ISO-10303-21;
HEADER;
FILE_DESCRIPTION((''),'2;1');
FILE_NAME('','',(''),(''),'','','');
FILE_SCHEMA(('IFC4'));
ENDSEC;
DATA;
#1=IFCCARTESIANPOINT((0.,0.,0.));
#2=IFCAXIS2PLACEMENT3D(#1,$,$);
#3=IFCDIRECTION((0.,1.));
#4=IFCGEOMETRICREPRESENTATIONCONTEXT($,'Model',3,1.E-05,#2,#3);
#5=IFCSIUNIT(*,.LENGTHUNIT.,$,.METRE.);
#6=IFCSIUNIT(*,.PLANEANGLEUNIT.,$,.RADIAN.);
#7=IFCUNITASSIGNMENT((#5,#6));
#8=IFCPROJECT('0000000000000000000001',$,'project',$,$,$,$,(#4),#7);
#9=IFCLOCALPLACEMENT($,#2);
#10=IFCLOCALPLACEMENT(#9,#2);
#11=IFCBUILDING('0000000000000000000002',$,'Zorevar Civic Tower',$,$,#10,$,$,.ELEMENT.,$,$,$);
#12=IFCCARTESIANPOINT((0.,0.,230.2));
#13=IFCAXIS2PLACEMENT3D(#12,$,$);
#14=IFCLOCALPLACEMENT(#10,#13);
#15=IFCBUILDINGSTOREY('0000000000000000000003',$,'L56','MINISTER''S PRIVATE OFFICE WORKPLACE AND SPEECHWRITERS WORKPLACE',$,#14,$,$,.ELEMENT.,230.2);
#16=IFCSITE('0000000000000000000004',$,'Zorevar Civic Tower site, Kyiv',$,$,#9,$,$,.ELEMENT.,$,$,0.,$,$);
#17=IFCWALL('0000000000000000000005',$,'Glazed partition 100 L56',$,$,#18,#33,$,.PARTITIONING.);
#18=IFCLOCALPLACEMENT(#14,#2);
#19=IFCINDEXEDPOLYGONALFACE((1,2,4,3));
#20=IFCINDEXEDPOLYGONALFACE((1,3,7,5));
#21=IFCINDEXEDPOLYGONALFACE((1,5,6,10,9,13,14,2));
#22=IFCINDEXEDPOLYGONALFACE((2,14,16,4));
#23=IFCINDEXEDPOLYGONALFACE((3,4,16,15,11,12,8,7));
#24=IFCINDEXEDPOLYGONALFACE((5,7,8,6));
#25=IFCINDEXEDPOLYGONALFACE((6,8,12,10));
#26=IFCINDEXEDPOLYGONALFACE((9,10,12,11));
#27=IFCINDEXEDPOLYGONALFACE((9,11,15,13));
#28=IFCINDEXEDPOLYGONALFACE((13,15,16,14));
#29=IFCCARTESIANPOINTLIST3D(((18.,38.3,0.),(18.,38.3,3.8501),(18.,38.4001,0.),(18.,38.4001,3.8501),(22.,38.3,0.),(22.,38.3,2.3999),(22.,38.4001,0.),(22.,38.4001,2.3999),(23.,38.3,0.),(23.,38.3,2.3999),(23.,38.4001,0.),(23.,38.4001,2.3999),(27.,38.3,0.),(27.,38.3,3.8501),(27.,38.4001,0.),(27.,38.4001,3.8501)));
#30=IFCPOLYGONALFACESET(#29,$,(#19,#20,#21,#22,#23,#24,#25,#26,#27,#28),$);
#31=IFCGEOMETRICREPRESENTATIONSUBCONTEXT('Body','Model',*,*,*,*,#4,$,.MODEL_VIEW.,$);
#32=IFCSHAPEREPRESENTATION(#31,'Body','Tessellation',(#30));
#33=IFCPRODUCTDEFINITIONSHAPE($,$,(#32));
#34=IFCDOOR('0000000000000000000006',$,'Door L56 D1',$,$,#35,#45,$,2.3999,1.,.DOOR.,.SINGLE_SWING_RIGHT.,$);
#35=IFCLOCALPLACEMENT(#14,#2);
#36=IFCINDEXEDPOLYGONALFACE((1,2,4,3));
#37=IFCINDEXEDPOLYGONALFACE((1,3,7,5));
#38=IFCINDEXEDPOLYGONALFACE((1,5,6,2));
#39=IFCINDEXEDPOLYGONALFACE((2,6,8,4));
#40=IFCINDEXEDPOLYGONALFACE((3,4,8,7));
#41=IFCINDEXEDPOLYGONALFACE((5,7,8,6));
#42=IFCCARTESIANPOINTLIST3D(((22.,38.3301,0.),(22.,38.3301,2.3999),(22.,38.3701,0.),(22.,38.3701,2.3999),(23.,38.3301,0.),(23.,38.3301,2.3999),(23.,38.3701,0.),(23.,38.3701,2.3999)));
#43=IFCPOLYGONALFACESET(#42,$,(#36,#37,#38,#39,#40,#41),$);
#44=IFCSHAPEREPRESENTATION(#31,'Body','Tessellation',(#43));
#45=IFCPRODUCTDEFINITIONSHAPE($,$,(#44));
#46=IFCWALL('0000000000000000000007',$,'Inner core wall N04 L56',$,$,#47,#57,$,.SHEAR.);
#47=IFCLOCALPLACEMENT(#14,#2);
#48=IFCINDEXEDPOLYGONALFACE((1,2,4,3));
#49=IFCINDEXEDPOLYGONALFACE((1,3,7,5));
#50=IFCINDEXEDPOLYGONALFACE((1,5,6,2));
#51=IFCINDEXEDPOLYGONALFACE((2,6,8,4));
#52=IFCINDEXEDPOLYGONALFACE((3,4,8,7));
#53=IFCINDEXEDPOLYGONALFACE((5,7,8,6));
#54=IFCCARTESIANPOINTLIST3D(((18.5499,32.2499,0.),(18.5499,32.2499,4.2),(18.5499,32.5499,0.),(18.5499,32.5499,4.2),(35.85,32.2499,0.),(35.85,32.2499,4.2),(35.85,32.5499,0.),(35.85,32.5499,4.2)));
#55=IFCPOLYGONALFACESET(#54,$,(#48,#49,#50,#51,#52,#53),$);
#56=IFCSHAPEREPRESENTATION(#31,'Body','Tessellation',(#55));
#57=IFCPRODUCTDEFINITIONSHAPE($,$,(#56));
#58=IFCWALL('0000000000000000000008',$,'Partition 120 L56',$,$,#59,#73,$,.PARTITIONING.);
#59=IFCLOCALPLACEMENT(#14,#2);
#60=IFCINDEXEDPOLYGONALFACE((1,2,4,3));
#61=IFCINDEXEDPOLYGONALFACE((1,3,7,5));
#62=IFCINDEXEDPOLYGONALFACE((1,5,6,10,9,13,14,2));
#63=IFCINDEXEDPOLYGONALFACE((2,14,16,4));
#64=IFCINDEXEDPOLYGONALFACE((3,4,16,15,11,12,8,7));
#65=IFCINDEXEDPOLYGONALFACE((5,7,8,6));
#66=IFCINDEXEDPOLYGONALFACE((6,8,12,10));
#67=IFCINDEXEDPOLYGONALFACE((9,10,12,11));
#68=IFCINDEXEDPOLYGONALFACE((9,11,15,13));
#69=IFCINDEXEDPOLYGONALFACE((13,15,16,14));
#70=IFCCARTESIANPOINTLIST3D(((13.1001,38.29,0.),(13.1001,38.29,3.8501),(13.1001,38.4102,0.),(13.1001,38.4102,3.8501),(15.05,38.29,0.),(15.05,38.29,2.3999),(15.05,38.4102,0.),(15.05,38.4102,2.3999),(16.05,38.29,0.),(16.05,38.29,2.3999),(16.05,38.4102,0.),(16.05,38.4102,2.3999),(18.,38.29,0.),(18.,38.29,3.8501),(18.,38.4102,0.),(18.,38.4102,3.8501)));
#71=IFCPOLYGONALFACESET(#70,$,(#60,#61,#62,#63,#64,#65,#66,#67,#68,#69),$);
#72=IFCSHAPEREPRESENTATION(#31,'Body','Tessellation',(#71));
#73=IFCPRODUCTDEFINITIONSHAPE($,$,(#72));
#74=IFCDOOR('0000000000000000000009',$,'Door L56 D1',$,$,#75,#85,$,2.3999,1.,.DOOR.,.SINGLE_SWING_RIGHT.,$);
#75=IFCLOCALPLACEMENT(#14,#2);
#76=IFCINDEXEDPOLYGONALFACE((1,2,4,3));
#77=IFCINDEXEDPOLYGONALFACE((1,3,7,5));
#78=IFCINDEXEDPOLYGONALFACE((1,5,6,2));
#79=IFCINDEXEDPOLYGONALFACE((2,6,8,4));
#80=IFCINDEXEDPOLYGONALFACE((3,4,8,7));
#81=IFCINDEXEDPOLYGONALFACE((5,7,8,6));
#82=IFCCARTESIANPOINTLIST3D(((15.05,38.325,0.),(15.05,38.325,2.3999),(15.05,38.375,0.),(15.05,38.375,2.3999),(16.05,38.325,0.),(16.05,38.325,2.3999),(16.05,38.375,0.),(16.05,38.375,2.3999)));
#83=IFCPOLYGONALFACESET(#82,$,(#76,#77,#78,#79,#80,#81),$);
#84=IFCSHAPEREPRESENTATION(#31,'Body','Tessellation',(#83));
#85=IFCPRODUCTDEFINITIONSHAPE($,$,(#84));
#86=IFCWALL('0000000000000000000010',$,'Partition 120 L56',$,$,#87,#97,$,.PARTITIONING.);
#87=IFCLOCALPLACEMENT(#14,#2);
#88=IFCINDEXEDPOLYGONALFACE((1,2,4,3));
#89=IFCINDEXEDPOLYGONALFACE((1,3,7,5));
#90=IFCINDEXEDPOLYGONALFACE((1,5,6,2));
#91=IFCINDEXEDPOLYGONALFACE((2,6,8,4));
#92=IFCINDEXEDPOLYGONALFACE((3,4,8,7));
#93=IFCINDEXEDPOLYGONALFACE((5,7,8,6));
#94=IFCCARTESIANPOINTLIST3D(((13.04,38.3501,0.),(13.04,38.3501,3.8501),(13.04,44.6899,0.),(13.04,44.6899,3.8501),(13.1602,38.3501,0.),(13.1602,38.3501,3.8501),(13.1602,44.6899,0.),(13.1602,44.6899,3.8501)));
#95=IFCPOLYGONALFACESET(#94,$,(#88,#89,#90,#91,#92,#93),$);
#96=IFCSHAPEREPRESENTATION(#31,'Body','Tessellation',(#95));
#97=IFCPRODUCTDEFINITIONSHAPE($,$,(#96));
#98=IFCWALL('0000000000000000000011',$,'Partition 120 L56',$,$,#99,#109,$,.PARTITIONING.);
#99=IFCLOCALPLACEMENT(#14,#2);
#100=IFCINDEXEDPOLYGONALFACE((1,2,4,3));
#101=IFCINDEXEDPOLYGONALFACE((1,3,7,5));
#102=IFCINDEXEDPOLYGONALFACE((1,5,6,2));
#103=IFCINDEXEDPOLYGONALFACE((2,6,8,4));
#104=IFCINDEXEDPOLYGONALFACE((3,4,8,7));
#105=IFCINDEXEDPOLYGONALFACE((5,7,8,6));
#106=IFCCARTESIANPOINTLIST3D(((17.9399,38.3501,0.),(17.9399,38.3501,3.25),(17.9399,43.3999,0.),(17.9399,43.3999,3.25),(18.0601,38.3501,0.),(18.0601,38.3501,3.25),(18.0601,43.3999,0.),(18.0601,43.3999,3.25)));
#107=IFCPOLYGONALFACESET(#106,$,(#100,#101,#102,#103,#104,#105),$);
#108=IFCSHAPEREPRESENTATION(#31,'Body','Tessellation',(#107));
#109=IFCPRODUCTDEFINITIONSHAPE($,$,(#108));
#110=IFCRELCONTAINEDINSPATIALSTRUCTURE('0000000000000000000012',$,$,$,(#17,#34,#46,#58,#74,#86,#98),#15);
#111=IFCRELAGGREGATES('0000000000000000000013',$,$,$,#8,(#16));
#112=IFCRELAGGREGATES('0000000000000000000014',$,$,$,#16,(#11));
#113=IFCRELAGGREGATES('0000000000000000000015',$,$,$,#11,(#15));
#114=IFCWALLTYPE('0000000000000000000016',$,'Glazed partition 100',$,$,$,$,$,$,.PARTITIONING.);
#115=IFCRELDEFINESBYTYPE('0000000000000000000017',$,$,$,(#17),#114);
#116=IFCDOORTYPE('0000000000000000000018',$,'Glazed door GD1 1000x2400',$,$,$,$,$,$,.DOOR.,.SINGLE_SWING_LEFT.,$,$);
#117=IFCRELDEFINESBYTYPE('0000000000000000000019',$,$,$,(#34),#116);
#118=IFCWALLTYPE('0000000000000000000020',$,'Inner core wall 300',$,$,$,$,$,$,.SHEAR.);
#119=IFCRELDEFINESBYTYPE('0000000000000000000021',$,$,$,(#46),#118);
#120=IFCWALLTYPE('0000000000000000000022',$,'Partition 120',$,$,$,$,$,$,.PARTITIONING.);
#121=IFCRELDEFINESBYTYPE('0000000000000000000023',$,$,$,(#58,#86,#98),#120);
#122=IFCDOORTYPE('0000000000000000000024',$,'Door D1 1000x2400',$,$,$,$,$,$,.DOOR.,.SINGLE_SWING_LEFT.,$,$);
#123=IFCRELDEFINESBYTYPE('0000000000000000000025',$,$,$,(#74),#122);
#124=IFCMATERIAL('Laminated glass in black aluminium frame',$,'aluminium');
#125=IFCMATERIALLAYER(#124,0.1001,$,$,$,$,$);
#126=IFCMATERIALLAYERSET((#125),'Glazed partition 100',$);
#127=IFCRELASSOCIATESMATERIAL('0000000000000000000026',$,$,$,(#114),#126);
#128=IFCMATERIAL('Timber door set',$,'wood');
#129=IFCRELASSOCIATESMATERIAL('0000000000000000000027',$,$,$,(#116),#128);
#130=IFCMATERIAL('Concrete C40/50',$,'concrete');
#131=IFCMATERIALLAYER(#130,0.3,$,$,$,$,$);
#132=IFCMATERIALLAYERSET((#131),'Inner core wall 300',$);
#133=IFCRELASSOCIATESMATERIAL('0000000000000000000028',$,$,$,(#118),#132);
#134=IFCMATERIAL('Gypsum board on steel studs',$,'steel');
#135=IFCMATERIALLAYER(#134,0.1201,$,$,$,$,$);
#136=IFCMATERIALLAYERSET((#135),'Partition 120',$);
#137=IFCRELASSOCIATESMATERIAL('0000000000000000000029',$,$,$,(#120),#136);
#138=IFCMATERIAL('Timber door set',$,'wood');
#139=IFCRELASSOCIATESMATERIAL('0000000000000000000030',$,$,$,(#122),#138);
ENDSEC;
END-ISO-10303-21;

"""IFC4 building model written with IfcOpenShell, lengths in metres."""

from ifc_helpers import new_model, si_unit, direction, frame, frame_2d, origin, place, context, subcontext, project, spatial, rectangle, extrude, material, layer, layer_set, type_object, element, fill, save


model = new_model("IFC4")

# Units and contexts
model_context = context("Model", 3, precision=1e-05, world=origin(), true_north=direction((0.0, 1.0)))
body_context = subcontext(model_context, "Body", "Model", "MODEL_VIEW")
ifc_project = project(units=[si_unit("LENGTHUNIT", "METRE"), si_unit("PLANEANGLEUNIT", "RADIAN")], contexts=[model_context])

# Site, building, storey
site_placement = place(None, origin())
site = spatial("IfcSite", under=ifc_project, at=site_placement, Name="Zorevar Civic Tower site, Kyiv", CompositionType="ELEMENT", RefElevation=0.0)
building_placement = place(site_placement, origin())
building = spatial("IfcBuilding", under=site, at=building_placement, Name="Zorevar Civic Tower", CompositionType="ELEMENT")
storey_placement = place(building_placement, frame((0.0, 0.0, 230.2)))
storey = spatial("IfcBuildingStorey", under=building, at=storey_placement, Name="L56", Description="MINISTER'S PRIVATE OFFICE WORKPLACE AND SPEECHWRITERS WORKPLACE", CompositionType="ELEMENT", Elevation=230.2)

# Wall, opening, door
ifc_material_1 = material(Name="Laminated glass in black aluminium frame", Category="aluminium")
ifc_layer_1 = layer(ifc_material_1, 0.1001)
ifc_layer_set_1 = layer_set([ifc_layer_1], Name="Glazed partition 100")
wall_type_1 = type_object("IfcWallType", Name="Glazed partition 100", PredefinedType="PARTITIONING", material=ifc_layer_set_1)
wall_1_placement = place(storey_placement, frame((18.0, 38.3501, 0.0), z_axis=(0.0, 0.0, 1.0), x_axis=(1.0, 0.0, 0.0)))
wall_1 = element("IfcWall", 1, at=wall_1_placement, inside=storey, type_object=wall_type_1, Name="Glazed partition 100 L56", PredefinedType="PARTITIONING", context=body_context, shape_type="SweptSolid", body=[
    extrude(rectangle(XDim=9.0, YDim=0.1001, at=frame_2d((4.5, 0.0))), origin(), (0.0, 0.0, 1.0), 3.8501),
])
opening_1_placement = place(wall_1_placement, frame((4.0, 0.0, 0.0)))
opening_1 = element("IfcOpeningElement", 2, at=opening_1_placement, cuts=wall_1, PredefinedType="OPENING", context=body_context, shape_type="SweptSolid", body=[
    extrude(rectangle(XDim=1.0, YDim=2.3999, at=frame_2d((0.5, 1.2))), frame((0.0, 0.0601, 0.0), z_axis=(0.0, -1.0, 0.0), x_axis=(1.0, 0.0, 0.0)), (0.0, 0.0, 1.0), 0.1201),
])
ifc_material_2 = material(Name="Timber door set", Category="wood")
door_type_1 = type_object("IfcDoorType", Name="Glazed door GD1 1000x2400", OperationType="SINGLE_SWING_LEFT", PredefinedType="DOOR", material=ifc_material_2)
door_1_placement = place(opening_1_placement, origin())
door_1 = element("IfcDoor", 3, at=door_1_placement, inside=storey, type_object=door_type_1, Name="Door L56 D1", OperationType="SINGLE_SWING_RIGHT", OverallHeight=2.3999, OverallWidth=1.0, PredefinedType="DOOR", context=body_context, shape_type="SweptSolid", body=[
    extrude(rectangle(XDim=1.0, YDim=2.3999, at=frame_2d((0.5, 1.2))), frame((0.0, 0.02, 0.0), z_axis=(0.0, -1.0, 0.0), x_axis=(1.0, 0.0, 0.0)), (0.0, 0.0, 1.0), 0.04),
])
fill(opening_1, door_1)

# Wall
ifc_material_3 = material(Name="Concrete C40/50", Category="concrete")
ifc_layer_2 = layer(ifc_material_3, 0.3)
ifc_layer_set_2 = layer_set([ifc_layer_2], Name="Inner core wall 300")
wall_type_2 = type_object("IfcWallType", Name="Inner core wall 300", PredefinedType="SHEAR", material=ifc_layer_set_2)
wall_2_placement = place(storey_placement, frame((18.55, 32.3999, 0.0), z_axis=(0.0, 0.0, 1.0), x_axis=(1.0, 0.0, 0.0)))
element("IfcWall", 4, at=wall_2_placement, inside=storey, type_object=wall_type_2, Name="Inner core wall N04 L56", PredefinedType="SHEAR", context=body_context, shape_type="SweptSolid", body=[
    extrude(rectangle(XDim=17.3, YDim=0.3, at=frame_2d((8.6499, 0.0))), origin(), (0.0, 0.0, 1.0), 4.2),
])

# Wall, opening, door
ifc_material_4 = material(Name="Gypsum board on steel studs", Category="steel")
ifc_layer_3 = layer(ifc_material_4, 0.1201)
ifc_layer_set_3 = layer_set([ifc_layer_3], Name="Partition 120")
wall_type_3 = type_object("IfcWallType", Name="Partition 120", PredefinedType="PARTITIONING", material=ifc_layer_set_3)
wall_3_placement = place(storey_placement, frame((13.1001, 38.3501, 0.0), z_axis=(0.0, 0.0, 1.0), x_axis=(1.0, 0.0, 0.0)))
wall_3 = element("IfcWall", 5, at=wall_3_placement, inside=storey, type_object=wall_type_3, Name="Partition 120 L56", PredefinedType="PARTITIONING", context=body_context, shape_type="SweptSolid", body=[
    extrude(rectangle(XDim=4.8999, YDim=0.1201, at=frame_2d((2.45, 0.0))), origin(), (0.0, 0.0, 1.0), 3.8501),
])
opening_2_placement = place(wall_3_placement, frame((1.95, 0.0, 0.0)))
opening_2 = element("IfcOpeningElement", 6, at=opening_2_placement, cuts=wall_3, PredefinedType="OPENING", context=body_context, shape_type="SweptSolid", body=[
    extrude(rectangle(XDim=1.0, YDim=2.3999, at=frame_2d((0.5, 1.2))), frame((0.0, 0.0701, 0.0), z_axis=(0.0, -1.0, 0.0), x_axis=(1.0, 0.0, 0.0)), (0.0, 0.0, 1.0), 0.1401),
])
ifc_material_5 = material(Name="Timber door set", Category="wood")
door_type_2 = type_object("IfcDoorType", Name="Door D1 1000x2400", OperationType="SINGLE_SWING_LEFT", PredefinedType="DOOR", material=ifc_material_5)
door_2_placement = place(opening_2_placement, origin())
door_2 = element("IfcDoor", 7, at=door_2_placement, inside=storey, type_object=door_type_2, Name="Door L56 D1", OperationType="SINGLE_SWING_RIGHT", OverallHeight=2.3999, OverallWidth=1.0, PredefinedType="DOOR", context=body_context, shape_type="SweptSolid", body=[
    extrude(rectangle(XDim=1.0, YDim=2.3999, at=frame_2d((0.5, 1.2))), frame((0.0, 0.0249, 0.0), z_axis=(0.0, -1.0, 0.0), x_axis=(1.0, 0.0, 0.0)), (0.0, 0.0, 1.0), 0.05),
])
fill(opening_2, door_2)

# Walls
wall_4_placement = place(storey_placement, frame((13.1001, 38.3501, 0.0), z_axis=(0.0, 0.0, 1.0), x_axis=(0.0, 1.0, 0.0)))
element("IfcWall", 8, at=wall_4_placement, inside=storey, type_object=wall_type_3, Name="Partition 120 L56", PredefinedType="PARTITIONING", context=body_context, shape_type="SweptSolid", body=[
    extrude(rectangle(XDim=6.3398, YDim=0.1201, at=frame_2d((3.1699, 0.0))), origin(), (0.0, 0.0, 1.0), 3.8501),
])
wall_5_placement = place(storey_placement, frame((18.0, 38.3501, 0.0), z_axis=(0.0, 0.0, 1.0), x_axis=(0.0, 1.0, 0.0)))
element("IfcWall", 9, at=wall_5_placement, inside=storey, type_object=wall_type_3, Name="Partition 120 L56", PredefinedType="PARTITIONING", context=body_context, shape_type="SweptSolid", body=[
    extrude(rectangle(XDim=5.0498, YDim=0.1201, at=frame_2d((2.5249, 0.0))), origin(), (0.0, 0.0, 1.0), 3.25),
])

save(model, "model.ifc")
